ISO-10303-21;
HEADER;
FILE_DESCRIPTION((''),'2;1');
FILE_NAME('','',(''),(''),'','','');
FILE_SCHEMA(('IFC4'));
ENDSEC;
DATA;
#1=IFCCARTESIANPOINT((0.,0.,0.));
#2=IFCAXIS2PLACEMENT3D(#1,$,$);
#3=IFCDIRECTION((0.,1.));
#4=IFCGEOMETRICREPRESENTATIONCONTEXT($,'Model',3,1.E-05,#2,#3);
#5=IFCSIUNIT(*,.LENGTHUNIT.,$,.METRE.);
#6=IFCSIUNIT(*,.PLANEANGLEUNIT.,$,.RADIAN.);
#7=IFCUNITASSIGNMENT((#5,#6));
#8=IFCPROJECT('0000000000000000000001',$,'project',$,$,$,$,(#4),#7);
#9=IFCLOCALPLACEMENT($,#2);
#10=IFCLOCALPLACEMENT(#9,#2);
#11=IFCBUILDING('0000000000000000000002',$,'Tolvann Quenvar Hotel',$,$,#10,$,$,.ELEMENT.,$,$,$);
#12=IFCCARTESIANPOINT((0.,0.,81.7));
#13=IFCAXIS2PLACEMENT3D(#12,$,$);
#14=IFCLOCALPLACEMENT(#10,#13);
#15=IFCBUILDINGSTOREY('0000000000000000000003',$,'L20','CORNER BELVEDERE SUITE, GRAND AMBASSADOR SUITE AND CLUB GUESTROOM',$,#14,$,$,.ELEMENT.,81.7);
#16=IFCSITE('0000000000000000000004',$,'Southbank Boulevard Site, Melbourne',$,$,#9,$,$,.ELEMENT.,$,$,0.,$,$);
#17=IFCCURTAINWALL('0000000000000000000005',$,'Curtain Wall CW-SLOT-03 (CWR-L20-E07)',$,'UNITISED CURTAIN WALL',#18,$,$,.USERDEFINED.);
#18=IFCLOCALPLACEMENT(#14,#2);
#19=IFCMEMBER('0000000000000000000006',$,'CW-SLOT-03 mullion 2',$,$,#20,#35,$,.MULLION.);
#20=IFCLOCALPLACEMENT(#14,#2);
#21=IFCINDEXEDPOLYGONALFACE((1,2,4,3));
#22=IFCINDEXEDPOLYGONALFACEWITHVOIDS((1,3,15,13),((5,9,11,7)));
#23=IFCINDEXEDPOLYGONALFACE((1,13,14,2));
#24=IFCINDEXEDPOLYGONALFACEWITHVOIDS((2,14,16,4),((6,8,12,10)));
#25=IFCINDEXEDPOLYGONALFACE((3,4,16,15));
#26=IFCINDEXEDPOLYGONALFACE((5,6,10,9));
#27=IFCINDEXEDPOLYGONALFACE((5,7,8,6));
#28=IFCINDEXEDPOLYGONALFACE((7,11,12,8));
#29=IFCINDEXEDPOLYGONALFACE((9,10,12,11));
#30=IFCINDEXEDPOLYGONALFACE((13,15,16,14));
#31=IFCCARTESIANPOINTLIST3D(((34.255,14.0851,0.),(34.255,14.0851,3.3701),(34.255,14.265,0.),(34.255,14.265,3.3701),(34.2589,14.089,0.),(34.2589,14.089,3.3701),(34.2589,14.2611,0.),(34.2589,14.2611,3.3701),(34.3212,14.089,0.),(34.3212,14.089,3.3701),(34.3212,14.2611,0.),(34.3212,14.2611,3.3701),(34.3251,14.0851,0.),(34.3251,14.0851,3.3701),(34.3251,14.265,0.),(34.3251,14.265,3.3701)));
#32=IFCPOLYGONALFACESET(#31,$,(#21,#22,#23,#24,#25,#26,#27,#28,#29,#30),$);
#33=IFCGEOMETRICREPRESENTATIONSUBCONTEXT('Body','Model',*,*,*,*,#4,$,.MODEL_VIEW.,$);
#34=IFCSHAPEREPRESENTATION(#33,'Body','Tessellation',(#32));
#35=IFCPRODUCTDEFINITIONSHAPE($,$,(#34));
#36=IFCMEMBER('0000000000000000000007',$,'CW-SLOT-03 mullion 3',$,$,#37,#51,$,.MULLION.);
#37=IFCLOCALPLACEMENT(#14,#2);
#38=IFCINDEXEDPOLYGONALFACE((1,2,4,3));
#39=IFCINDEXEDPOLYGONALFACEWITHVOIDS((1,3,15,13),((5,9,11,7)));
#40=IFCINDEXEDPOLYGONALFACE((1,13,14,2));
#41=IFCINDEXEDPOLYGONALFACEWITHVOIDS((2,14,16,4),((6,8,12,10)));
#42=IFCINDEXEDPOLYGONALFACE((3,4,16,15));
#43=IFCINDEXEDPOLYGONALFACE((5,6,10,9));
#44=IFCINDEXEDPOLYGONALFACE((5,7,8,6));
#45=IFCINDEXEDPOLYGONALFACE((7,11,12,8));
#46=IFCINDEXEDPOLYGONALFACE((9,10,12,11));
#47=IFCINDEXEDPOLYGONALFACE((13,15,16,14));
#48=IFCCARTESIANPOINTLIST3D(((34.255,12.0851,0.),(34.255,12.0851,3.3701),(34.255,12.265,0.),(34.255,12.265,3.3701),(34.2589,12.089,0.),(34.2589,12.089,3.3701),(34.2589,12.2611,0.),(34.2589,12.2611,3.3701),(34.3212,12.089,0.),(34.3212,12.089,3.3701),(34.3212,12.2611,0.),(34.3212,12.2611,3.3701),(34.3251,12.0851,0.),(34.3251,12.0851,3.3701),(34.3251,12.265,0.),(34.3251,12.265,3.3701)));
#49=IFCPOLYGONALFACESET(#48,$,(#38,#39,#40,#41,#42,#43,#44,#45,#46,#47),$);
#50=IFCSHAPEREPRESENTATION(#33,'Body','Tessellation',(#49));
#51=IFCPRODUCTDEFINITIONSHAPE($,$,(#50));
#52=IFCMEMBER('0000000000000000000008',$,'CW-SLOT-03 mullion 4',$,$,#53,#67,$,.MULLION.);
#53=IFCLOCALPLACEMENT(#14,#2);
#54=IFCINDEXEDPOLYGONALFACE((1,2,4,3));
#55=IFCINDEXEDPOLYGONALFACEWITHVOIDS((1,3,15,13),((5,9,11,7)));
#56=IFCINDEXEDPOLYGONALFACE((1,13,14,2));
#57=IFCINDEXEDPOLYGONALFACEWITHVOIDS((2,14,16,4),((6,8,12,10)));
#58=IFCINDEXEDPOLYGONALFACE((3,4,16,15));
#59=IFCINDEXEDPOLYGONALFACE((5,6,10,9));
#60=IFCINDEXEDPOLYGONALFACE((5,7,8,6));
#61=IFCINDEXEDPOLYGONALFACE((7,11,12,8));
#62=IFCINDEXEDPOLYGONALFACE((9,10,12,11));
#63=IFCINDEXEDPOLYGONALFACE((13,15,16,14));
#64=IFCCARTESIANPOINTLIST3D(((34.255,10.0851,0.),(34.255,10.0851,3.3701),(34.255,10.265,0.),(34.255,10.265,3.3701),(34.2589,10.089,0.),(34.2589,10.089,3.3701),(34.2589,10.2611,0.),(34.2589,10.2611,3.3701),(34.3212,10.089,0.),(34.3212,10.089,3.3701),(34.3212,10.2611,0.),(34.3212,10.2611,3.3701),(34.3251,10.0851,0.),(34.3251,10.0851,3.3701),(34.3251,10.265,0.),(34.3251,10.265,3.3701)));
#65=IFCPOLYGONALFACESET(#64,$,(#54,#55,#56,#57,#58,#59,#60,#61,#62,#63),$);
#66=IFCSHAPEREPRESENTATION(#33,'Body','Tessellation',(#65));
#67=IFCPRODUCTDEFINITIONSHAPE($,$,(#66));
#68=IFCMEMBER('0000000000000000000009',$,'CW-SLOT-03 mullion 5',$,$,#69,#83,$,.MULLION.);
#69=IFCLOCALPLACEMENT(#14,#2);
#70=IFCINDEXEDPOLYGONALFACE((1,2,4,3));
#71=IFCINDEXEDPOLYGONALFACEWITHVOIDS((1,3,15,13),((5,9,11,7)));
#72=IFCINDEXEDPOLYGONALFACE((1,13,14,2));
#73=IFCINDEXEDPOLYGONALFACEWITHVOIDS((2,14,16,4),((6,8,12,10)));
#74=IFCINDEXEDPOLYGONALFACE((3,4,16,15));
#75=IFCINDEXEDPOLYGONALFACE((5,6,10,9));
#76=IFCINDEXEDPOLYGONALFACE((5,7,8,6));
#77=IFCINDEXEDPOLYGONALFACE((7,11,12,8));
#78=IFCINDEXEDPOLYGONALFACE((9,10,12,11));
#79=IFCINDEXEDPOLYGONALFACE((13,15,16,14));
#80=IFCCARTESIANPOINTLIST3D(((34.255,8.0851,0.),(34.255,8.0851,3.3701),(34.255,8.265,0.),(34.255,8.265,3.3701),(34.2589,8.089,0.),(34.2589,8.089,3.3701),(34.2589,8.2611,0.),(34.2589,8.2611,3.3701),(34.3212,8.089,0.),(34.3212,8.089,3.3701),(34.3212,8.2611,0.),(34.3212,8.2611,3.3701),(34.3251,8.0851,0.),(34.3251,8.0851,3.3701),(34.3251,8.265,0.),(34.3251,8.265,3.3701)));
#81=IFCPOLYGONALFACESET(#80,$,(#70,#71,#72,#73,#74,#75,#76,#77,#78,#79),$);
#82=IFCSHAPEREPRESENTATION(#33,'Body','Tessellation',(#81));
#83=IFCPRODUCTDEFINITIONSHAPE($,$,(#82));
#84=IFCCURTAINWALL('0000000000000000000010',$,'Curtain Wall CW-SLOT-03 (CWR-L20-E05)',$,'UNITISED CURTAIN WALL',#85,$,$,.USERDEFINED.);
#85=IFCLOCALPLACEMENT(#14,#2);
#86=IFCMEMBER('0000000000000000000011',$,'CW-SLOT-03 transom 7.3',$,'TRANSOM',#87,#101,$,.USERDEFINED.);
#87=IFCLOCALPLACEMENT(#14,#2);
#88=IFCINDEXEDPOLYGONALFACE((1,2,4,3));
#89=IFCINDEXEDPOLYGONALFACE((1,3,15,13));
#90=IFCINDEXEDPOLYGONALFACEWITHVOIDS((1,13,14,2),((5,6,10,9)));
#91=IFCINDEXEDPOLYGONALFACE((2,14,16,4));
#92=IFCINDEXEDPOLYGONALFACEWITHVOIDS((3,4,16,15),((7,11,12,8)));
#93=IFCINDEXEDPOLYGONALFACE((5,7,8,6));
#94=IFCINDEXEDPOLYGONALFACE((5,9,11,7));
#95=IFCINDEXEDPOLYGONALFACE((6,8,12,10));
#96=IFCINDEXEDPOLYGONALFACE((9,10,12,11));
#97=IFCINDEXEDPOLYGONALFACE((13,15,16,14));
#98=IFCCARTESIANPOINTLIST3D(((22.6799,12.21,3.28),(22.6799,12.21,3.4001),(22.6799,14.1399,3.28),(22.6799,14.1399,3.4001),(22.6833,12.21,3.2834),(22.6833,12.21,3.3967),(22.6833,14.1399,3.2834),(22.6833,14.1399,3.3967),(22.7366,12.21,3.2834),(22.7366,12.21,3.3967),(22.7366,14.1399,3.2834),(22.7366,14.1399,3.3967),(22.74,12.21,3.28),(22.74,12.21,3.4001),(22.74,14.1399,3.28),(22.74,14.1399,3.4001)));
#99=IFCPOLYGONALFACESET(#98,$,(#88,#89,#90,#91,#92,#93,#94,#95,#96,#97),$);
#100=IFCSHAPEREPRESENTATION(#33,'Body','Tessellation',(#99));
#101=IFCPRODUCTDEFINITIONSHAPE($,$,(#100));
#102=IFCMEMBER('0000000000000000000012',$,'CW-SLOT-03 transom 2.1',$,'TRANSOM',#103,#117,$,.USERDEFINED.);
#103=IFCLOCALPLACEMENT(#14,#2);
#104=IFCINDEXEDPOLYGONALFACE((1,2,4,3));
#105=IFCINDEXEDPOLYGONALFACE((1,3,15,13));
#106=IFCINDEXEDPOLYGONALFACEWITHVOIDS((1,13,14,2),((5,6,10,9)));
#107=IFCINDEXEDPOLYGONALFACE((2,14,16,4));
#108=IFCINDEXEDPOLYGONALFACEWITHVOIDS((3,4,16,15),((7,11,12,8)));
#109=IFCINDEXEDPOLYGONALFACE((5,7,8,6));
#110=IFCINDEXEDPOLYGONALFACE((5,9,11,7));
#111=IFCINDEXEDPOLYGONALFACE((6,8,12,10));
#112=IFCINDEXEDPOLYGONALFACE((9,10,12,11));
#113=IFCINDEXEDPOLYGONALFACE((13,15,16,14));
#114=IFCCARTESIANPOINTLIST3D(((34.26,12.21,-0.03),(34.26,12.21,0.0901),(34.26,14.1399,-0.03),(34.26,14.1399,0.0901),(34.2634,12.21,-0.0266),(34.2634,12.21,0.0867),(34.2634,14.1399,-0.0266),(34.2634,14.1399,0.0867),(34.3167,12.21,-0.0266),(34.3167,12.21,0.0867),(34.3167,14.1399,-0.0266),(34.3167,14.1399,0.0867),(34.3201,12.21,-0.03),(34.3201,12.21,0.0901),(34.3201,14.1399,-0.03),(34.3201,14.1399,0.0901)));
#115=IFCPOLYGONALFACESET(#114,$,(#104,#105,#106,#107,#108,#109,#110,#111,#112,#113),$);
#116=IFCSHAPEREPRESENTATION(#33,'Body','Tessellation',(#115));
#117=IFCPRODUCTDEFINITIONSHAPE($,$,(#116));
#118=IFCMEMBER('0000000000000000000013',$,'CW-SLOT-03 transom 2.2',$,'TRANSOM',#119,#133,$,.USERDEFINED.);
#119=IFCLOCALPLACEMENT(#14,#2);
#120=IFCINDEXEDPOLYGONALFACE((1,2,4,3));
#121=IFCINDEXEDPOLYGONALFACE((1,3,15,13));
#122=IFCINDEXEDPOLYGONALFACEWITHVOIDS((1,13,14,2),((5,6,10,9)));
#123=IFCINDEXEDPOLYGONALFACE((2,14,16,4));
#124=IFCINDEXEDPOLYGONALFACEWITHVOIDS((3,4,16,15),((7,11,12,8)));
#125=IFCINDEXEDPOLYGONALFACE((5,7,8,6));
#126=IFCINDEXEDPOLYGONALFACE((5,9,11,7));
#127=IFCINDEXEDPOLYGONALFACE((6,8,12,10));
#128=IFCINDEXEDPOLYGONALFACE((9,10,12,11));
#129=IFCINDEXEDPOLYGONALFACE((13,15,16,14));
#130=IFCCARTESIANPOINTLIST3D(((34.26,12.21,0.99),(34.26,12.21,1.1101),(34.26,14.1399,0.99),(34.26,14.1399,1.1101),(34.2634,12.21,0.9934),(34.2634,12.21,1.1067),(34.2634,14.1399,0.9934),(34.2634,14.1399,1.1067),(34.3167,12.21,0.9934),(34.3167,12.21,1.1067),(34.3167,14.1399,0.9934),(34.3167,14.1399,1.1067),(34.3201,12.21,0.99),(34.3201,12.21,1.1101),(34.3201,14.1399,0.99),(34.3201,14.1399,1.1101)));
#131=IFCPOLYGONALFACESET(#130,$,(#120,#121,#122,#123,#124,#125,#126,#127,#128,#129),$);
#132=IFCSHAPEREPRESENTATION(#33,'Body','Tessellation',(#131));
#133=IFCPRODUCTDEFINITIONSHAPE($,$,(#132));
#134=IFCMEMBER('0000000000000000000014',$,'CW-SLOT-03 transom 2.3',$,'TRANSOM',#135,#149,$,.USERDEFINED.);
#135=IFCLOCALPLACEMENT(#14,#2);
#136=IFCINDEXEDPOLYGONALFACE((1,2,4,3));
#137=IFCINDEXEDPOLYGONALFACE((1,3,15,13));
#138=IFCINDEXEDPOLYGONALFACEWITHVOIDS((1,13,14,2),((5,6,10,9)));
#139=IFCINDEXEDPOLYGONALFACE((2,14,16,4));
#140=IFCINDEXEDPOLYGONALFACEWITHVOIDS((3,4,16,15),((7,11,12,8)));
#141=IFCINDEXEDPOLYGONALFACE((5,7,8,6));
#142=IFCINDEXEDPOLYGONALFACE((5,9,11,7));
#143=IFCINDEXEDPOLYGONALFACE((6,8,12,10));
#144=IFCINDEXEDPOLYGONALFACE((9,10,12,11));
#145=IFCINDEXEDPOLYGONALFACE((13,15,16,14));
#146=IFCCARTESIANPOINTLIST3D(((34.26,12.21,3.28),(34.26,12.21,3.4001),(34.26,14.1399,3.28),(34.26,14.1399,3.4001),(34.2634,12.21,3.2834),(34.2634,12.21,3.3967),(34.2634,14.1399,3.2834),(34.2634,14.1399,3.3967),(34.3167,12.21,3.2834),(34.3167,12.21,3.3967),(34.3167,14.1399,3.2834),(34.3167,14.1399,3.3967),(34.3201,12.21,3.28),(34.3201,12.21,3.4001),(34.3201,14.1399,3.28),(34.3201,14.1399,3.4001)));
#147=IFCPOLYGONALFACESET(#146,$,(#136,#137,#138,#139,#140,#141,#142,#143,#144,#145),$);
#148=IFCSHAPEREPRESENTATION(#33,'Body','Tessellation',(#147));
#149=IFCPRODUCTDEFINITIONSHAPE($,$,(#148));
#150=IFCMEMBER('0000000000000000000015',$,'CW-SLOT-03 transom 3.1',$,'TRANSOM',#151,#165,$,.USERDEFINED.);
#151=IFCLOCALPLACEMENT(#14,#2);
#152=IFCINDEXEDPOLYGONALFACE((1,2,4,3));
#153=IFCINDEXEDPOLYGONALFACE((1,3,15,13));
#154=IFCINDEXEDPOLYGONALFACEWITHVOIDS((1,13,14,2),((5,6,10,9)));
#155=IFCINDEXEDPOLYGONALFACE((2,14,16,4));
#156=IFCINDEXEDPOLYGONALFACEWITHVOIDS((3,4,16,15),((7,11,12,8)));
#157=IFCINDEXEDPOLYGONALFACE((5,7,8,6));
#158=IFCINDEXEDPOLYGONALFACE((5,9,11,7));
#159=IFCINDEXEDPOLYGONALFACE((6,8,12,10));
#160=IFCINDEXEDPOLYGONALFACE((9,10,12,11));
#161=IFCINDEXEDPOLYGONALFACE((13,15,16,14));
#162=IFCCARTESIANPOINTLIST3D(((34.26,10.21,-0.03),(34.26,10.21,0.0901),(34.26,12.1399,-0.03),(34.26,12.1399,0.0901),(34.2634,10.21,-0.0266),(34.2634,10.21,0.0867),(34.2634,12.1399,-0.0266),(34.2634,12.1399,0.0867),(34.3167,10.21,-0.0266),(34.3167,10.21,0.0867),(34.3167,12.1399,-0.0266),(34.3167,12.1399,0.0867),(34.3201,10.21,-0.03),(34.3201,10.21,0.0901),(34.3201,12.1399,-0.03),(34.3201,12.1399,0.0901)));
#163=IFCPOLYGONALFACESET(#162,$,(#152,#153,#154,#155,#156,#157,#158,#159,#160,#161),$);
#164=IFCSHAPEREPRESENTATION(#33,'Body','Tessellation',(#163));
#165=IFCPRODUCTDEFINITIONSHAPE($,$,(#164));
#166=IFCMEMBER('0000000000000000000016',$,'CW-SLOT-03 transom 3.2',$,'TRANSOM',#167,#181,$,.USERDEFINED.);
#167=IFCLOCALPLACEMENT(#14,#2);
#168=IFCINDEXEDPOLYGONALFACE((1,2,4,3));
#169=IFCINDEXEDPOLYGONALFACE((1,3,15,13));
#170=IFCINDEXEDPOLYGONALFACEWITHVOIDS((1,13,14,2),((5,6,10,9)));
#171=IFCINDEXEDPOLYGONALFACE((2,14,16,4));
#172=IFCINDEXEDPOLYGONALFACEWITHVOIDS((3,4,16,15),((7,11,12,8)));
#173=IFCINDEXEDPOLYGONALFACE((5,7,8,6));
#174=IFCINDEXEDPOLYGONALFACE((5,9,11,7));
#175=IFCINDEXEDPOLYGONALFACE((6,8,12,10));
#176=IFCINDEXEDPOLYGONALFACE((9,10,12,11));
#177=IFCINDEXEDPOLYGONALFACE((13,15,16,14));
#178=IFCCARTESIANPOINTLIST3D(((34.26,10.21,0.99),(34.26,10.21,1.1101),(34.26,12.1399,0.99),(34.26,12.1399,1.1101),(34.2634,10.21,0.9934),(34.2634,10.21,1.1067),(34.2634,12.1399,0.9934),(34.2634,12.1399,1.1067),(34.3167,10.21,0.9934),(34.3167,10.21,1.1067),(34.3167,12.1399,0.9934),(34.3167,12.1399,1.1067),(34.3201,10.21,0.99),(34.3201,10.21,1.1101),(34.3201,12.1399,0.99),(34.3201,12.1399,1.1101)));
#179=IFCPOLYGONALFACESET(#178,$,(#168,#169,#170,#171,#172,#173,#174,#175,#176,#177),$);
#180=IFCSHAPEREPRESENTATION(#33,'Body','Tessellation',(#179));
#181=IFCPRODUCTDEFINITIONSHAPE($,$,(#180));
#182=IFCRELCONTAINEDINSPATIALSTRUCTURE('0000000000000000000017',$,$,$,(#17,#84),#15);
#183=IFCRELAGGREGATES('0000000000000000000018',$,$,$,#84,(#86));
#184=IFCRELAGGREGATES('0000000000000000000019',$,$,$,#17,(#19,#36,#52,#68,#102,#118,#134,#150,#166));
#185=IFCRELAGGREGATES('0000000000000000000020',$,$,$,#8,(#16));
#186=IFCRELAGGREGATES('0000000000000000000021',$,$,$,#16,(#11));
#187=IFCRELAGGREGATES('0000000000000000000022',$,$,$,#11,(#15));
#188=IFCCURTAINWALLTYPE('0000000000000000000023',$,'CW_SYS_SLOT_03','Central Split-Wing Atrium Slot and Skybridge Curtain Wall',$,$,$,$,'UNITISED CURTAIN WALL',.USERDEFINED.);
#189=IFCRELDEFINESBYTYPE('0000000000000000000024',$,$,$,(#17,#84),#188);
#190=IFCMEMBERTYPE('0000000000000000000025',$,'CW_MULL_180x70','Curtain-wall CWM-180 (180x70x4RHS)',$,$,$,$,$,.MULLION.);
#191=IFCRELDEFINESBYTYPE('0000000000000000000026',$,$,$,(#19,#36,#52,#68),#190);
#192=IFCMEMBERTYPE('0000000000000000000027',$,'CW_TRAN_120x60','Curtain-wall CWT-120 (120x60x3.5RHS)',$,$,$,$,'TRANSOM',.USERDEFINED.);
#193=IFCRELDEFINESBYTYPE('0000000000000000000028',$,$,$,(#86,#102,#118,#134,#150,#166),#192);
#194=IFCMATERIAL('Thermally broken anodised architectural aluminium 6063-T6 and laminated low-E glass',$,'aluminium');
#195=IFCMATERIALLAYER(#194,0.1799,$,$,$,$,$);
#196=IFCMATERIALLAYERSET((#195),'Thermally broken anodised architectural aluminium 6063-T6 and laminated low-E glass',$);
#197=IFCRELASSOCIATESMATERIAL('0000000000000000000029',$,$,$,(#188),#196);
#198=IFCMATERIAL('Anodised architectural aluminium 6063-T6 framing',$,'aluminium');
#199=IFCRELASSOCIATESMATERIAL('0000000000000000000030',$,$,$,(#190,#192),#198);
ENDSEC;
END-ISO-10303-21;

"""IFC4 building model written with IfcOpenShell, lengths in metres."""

from ifc_helpers import new_model, si_unit, direction, frame, origin, origin_2d, place, context, subcontext, project, spatial, hollow_rectangle, extrude, source, transform, mapped, material, layer, layer_set, material_profile, profile_set, type_object, type_shapes, element, aggregate, save


model = new_model("IFC4")

# Units and contexts
model_context = context("Model", 3, precision=1e-05, world=origin(), true_north=direction((0.0, 1.0)))
body_context = subcontext(model_context, "Body", "Model", "MODEL_VIEW")
ifc_project = project(units=[si_unit("LENGTHUNIT", "METRE"), si_unit("PLANEANGLEUNIT", "RADIAN")], contexts=[model_context])

# Site, building, storey
site_placement = place(None, origin())
site = spatial("IfcSite", under=ifc_project, at=site_placement, Name="Southbank Boulevard Site, Melbourne", CompositionType="ELEMENT", RefElevation=0.0)
building_placement = place(site_placement, origin())
building = spatial("IfcBuilding", under=site, at=building_placement, Name="Tolvann Quenvar Hotel", CompositionType="ELEMENT")
storey_placement = place(building_placement, frame((0.0, 0.0, 81.7)))
storey = spatial("IfcBuildingStorey", under=building, at=storey_placement, Name="L20", Description="CORNER BELVEDERE SUITE, GRAND AMBASSADOR SUITE AND CLUB GUESTROOM", CompositionType="ELEMENT", Elevation=81.7)

# Curtain wall, members
ifc_material_1 = material(Name="Thermally broken anodised architectural aluminium 6063-T6 and laminated low-E glass", Category="aluminium")
ifc_layer_1 = layer(ifc_material_1, 0.1799)
ifc_layer_set_1 = layer_set([ifc_layer_1], Name="Thermally broken anodised architectural aluminium 6063-T6 and laminated low-E glass")
curtain_wall_type = type_object("IfcCurtainWallType", Name="CW_SYS_SLOT_03", Description="Central Split-Wing Atrium Slot and Skybridge Curtain Wall", ElementType="UNITISED CURTAIN WALL", PredefinedType="USERDEFINED", material=ifc_layer_set_1)
curtain_wall_1_placement = place(storey_placement, origin())
curtain_wall_1 = element("IfcCurtainWall", 1, at=curtain_wall_1_placement, inside=storey, type_object=curtain_wall_type, Name="Curtain Wall CW-SLOT-03 (CWR-L20-E07)", ObjectType="UNITISED CURTAIN WALL", PredefinedType="USERDEFINED")
ifc_material_2 = material(Name="Anodised architectural aluminium 6063-T6 framing", Category="aluminium")
ifc_material_profile_1 = material_profile(ifc_material_2, hollow_rectangle(XDim=0.0701, YDim=0.1799, WallThickness=0.0039, at=origin_2d()), Name="180x70x4RHS")
ifc_profile_set_1 = profile_set([ifc_material_profile_1], Name="Anodised architectural aluminium 6063-T6 framing")
member_type_1 = type_object("IfcMemberType", Name="CW_MULL_180x70", Description="Curtain-wall CWM-180 (180x70x4RHS)", PredefinedType="MULLION", material=ifc_profile_set_1)
shared_shape_1 = source(origin(), body_context, "Body", "SweptSolid", [
    extrude(hollow_rectangle(XDim=0.0701, YDim=0.1799, WallThickness=0.0039, at=origin_2d()), origin(), (0.0, 0.0, 1.0), 3.3701),
])
type_shapes(member_type_1, [shared_shape_1])
member_1_placement = place(storey_placement, frame((34.29, 14.175, 0.0), z_axis=(0.0, 0.0, 1.0), x_axis=(1.0, 0.0, 0.0)))
member_1 = element("IfcMember", 2, at=member_1_placement, type_object=member_type_1, Name="CW-SLOT-03 mullion 2", PredefinedType="MULLION", context=body_context, shape_type="MappedRepresentation", body=[
    mapped(shared_shape_1, transform((0.0, 0.0, 0.0), x_axis=(1.0, 0.0, 0.0), y_axis=(0.0, 1.0, 0.0), z_axis=(0.0, 0.0, 1.0), scale=1.0)),
])
member_2_placement = place(storey_placement, frame((34.29, 12.175, 0.0), z_axis=(0.0, 0.0, 1.0), x_axis=(1.0, 0.0, 0.0)))
member_2 = element("IfcMember", 3, at=member_2_placement, type_object=member_type_1, Name="CW-SLOT-03 mullion 3", PredefinedType="MULLION", context=body_context, shape_type="MappedRepresentation", body=[
    mapped(shared_shape_1, transform((0.0, 0.0, 0.0), x_axis=(1.0, 0.0, 0.0), y_axis=(0.0, 1.0, 0.0), z_axis=(0.0, 0.0, 1.0), scale=1.0)),
])
member_3_placement = place(storey_placement, frame((34.29, 10.175, 0.0), z_axis=(0.0, 0.0, 1.0), x_axis=(1.0, 0.0, 0.0)))
member_3 = element("IfcMember", 4, at=member_3_placement, type_object=member_type_1, Name="CW-SLOT-03 mullion 4", PredefinedType="MULLION", context=body_context, shape_type="MappedRepresentation", body=[
    mapped(shared_shape_1, transform((0.0, 0.0, 0.0), x_axis=(1.0, 0.0, 0.0), y_axis=(0.0, 1.0, 0.0), z_axis=(0.0, 0.0, 1.0), scale=1.0)),
])
member_4_placement = place(storey_placement, frame((34.29, 8.175, 0.0), z_axis=(0.0, 0.0, 1.0), x_axis=(1.0, 0.0, 0.0)))
member_4 = element("IfcMember", 5, at=member_4_placement, type_object=member_type_1, Name="CW-SLOT-03 mullion 5", PredefinedType="MULLION", context=body_context, shape_type="MappedRepresentation", body=[
    mapped(shared_shape_1, transform((0.0, 0.0, 0.0), x_axis=(1.0, 0.0, 0.0), y_axis=(0.0, 1.0, 0.0), z_axis=(0.0, 0.0, 1.0), scale=1.0)),
])

# Curtain wall, member
curtain_wall_2_placement = place(storey_placement, origin())
curtain_wall_2 = element("IfcCurtainWall", 6, at=curtain_wall_2_placement, inside=storey, type_object=curtain_wall_type, Name="Curtain Wall CW-SLOT-03 (CWR-L20-E05)", ObjectType="UNITISED CURTAIN WALL", PredefinedType="USERDEFINED")
ifc_material_profile_2 = material_profile(ifc_material_2, hollow_rectangle(XDim=0.0601, YDim=0.1201, WallThickness=0.0034, at=origin_2d()), Name="120x60x3.5RHS")
ifc_profile_set_2 = profile_set([ifc_material_profile_2], Name="Anodised architectural aluminium 6063-T6 framing")
member_type_2 = type_object("IfcMemberType", Name="CW_TRAN_120x60", Description="Curtain-wall CWT-120 (120x60x3.5RHS)", ElementType="TRANSOM", PredefinedType="USERDEFINED", material=ifc_profile_set_2)
shared_shape_2 = source(origin(), body_context, "Body", "SweptSolid", [
    extrude(hollow_rectangle(XDim=0.0601, YDim=0.1201, WallThickness=0.0034, at=origin_2d()), origin(), (0.0, 0.0, 1.0), 1.9299),
])
member_5_placement = place(storey_placement, frame((22.71, 12.21, 3.3401), z_axis=(0.0, 1.0, 0.0), x_axis=(-1.0, 0.0, 0.0)))
member_5 = element("IfcMember", 7, at=member_5_placement, type_object=member_type_2, Name="CW-SLOT-03 transom 7.3", ObjectType="TRANSOM", PredefinedType="USERDEFINED", context=body_context, shape_type="MappedRepresentation", body=[
    mapped(shared_shape_2, transform((0.0, 0.0, 0.0), x_axis=(1.0, 0.0, 0.0), y_axis=(0.0, 1.0, 0.0), z_axis=(0.0, 0.0, 1.0), scale=1.0)),
])

# Members
member_6_placement = place(storey_placement, frame((34.29, 14.1399, 0.03), z_axis=(0.0, -1.0, 0.0), x_axis=(1.0, 0.0, 0.0)))
member_6 = element("IfcMember", 8, at=member_6_placement, type_object=member_type_2, Name="CW-SLOT-03 transom 2.1", ObjectType="TRANSOM", PredefinedType="USERDEFINED", context=body_context, shape_type="MappedRepresentation", body=[
    mapped(shared_shape_2, transform((0.0, 0.0, 0.0), x_axis=(1.0, 0.0, 0.0), y_axis=(0.0, 1.0, 0.0), z_axis=(0.0, 0.0, 1.0), scale=1.0)),
])
member_7_placement = place(storey_placement, frame((34.29, 14.1399, 1.05), z_axis=(0.0, -1.0, 0.0), x_axis=(1.0, 0.0, 0.0)))
member_7 = element("IfcMember", 9, at=member_7_placement, type_object=member_type_2, Name="CW-SLOT-03 transom 2.2", ObjectType="TRANSOM", PredefinedType="USERDEFINED", context=body_context, shape_type="MappedRepresentation", body=[
    mapped(shared_shape_2, transform((0.0, 0.0, 0.0), x_axis=(1.0, 0.0, 0.0), y_axis=(0.0, 1.0, 0.0), z_axis=(0.0, 0.0, 1.0), scale=1.0)),
])
member_8_placement = place(storey_placement, frame((34.29, 14.1399, 3.3401), z_axis=(0.0, -1.0, 0.0), x_axis=(1.0, 0.0, 0.0)))
member_8 = element("IfcMember", 10, at=member_8_placement, type_object=member_type_2, Name="CW-SLOT-03 transom 2.3", ObjectType="TRANSOM", PredefinedType="USERDEFINED", context=body_context, shape_type="MappedRepresentation", body=[
    mapped(shared_shape_2, transform((0.0, 0.0, 0.0), x_axis=(1.0, 0.0, 0.0), y_axis=(0.0, 1.0, 0.0), z_axis=(0.0, 0.0, 1.0), scale=1.0)),
])
member_9_placement = place(storey_placement, frame((34.29, 12.1399, 0.03), z_axis=(0.0, -1.0, 0.0), x_axis=(1.0, 0.0, 0.0)))
member_9 = element("IfcMember", 11, at=member_9_placement, type_object=member_type_2, Name="CW-SLOT-03 transom 3.1", ObjectType="TRANSOM", PredefinedType="USERDEFINED", context=body_context, shape_type="MappedRepresentation", body=[
    mapped(shared_shape_2, transform((0.0, 0.0, 0.0), x_axis=(1.0, 0.0, 0.0), y_axis=(0.0, 1.0, 0.0), z_axis=(0.0, 0.0, 1.0), scale=1.0)),
])
member_10_placement = place(storey_placement, frame((34.29, 12.1399, 1.05), z_axis=(0.0, -1.0, 0.0), x_axis=(1.0, 0.0, 0.0)))
member_10 = element("IfcMember", 12, at=member_10_placement, type_object=member_type_2, Name="CW-SLOT-03 transom 3.2", ObjectType="TRANSOM", PredefinedType="USERDEFINED", context=body_context, shape_type="MappedRepresentation", body=[
    mapped(shared_shape_2, transform((0.0, 0.0, 0.0), x_axis=(1.0, 0.0, 0.0), y_axis=(0.0, 1.0, 0.0), z_axis=(0.0, 0.0, 1.0), scale=1.0)),
])

aggregate(curtain_wall_2, [member_5])
aggregate(curtain_wall_1, [member_1, member_2, member_3, member_4, member_6, member_7, member_8, member_9, member_10])

save(model, "model.ifc")
